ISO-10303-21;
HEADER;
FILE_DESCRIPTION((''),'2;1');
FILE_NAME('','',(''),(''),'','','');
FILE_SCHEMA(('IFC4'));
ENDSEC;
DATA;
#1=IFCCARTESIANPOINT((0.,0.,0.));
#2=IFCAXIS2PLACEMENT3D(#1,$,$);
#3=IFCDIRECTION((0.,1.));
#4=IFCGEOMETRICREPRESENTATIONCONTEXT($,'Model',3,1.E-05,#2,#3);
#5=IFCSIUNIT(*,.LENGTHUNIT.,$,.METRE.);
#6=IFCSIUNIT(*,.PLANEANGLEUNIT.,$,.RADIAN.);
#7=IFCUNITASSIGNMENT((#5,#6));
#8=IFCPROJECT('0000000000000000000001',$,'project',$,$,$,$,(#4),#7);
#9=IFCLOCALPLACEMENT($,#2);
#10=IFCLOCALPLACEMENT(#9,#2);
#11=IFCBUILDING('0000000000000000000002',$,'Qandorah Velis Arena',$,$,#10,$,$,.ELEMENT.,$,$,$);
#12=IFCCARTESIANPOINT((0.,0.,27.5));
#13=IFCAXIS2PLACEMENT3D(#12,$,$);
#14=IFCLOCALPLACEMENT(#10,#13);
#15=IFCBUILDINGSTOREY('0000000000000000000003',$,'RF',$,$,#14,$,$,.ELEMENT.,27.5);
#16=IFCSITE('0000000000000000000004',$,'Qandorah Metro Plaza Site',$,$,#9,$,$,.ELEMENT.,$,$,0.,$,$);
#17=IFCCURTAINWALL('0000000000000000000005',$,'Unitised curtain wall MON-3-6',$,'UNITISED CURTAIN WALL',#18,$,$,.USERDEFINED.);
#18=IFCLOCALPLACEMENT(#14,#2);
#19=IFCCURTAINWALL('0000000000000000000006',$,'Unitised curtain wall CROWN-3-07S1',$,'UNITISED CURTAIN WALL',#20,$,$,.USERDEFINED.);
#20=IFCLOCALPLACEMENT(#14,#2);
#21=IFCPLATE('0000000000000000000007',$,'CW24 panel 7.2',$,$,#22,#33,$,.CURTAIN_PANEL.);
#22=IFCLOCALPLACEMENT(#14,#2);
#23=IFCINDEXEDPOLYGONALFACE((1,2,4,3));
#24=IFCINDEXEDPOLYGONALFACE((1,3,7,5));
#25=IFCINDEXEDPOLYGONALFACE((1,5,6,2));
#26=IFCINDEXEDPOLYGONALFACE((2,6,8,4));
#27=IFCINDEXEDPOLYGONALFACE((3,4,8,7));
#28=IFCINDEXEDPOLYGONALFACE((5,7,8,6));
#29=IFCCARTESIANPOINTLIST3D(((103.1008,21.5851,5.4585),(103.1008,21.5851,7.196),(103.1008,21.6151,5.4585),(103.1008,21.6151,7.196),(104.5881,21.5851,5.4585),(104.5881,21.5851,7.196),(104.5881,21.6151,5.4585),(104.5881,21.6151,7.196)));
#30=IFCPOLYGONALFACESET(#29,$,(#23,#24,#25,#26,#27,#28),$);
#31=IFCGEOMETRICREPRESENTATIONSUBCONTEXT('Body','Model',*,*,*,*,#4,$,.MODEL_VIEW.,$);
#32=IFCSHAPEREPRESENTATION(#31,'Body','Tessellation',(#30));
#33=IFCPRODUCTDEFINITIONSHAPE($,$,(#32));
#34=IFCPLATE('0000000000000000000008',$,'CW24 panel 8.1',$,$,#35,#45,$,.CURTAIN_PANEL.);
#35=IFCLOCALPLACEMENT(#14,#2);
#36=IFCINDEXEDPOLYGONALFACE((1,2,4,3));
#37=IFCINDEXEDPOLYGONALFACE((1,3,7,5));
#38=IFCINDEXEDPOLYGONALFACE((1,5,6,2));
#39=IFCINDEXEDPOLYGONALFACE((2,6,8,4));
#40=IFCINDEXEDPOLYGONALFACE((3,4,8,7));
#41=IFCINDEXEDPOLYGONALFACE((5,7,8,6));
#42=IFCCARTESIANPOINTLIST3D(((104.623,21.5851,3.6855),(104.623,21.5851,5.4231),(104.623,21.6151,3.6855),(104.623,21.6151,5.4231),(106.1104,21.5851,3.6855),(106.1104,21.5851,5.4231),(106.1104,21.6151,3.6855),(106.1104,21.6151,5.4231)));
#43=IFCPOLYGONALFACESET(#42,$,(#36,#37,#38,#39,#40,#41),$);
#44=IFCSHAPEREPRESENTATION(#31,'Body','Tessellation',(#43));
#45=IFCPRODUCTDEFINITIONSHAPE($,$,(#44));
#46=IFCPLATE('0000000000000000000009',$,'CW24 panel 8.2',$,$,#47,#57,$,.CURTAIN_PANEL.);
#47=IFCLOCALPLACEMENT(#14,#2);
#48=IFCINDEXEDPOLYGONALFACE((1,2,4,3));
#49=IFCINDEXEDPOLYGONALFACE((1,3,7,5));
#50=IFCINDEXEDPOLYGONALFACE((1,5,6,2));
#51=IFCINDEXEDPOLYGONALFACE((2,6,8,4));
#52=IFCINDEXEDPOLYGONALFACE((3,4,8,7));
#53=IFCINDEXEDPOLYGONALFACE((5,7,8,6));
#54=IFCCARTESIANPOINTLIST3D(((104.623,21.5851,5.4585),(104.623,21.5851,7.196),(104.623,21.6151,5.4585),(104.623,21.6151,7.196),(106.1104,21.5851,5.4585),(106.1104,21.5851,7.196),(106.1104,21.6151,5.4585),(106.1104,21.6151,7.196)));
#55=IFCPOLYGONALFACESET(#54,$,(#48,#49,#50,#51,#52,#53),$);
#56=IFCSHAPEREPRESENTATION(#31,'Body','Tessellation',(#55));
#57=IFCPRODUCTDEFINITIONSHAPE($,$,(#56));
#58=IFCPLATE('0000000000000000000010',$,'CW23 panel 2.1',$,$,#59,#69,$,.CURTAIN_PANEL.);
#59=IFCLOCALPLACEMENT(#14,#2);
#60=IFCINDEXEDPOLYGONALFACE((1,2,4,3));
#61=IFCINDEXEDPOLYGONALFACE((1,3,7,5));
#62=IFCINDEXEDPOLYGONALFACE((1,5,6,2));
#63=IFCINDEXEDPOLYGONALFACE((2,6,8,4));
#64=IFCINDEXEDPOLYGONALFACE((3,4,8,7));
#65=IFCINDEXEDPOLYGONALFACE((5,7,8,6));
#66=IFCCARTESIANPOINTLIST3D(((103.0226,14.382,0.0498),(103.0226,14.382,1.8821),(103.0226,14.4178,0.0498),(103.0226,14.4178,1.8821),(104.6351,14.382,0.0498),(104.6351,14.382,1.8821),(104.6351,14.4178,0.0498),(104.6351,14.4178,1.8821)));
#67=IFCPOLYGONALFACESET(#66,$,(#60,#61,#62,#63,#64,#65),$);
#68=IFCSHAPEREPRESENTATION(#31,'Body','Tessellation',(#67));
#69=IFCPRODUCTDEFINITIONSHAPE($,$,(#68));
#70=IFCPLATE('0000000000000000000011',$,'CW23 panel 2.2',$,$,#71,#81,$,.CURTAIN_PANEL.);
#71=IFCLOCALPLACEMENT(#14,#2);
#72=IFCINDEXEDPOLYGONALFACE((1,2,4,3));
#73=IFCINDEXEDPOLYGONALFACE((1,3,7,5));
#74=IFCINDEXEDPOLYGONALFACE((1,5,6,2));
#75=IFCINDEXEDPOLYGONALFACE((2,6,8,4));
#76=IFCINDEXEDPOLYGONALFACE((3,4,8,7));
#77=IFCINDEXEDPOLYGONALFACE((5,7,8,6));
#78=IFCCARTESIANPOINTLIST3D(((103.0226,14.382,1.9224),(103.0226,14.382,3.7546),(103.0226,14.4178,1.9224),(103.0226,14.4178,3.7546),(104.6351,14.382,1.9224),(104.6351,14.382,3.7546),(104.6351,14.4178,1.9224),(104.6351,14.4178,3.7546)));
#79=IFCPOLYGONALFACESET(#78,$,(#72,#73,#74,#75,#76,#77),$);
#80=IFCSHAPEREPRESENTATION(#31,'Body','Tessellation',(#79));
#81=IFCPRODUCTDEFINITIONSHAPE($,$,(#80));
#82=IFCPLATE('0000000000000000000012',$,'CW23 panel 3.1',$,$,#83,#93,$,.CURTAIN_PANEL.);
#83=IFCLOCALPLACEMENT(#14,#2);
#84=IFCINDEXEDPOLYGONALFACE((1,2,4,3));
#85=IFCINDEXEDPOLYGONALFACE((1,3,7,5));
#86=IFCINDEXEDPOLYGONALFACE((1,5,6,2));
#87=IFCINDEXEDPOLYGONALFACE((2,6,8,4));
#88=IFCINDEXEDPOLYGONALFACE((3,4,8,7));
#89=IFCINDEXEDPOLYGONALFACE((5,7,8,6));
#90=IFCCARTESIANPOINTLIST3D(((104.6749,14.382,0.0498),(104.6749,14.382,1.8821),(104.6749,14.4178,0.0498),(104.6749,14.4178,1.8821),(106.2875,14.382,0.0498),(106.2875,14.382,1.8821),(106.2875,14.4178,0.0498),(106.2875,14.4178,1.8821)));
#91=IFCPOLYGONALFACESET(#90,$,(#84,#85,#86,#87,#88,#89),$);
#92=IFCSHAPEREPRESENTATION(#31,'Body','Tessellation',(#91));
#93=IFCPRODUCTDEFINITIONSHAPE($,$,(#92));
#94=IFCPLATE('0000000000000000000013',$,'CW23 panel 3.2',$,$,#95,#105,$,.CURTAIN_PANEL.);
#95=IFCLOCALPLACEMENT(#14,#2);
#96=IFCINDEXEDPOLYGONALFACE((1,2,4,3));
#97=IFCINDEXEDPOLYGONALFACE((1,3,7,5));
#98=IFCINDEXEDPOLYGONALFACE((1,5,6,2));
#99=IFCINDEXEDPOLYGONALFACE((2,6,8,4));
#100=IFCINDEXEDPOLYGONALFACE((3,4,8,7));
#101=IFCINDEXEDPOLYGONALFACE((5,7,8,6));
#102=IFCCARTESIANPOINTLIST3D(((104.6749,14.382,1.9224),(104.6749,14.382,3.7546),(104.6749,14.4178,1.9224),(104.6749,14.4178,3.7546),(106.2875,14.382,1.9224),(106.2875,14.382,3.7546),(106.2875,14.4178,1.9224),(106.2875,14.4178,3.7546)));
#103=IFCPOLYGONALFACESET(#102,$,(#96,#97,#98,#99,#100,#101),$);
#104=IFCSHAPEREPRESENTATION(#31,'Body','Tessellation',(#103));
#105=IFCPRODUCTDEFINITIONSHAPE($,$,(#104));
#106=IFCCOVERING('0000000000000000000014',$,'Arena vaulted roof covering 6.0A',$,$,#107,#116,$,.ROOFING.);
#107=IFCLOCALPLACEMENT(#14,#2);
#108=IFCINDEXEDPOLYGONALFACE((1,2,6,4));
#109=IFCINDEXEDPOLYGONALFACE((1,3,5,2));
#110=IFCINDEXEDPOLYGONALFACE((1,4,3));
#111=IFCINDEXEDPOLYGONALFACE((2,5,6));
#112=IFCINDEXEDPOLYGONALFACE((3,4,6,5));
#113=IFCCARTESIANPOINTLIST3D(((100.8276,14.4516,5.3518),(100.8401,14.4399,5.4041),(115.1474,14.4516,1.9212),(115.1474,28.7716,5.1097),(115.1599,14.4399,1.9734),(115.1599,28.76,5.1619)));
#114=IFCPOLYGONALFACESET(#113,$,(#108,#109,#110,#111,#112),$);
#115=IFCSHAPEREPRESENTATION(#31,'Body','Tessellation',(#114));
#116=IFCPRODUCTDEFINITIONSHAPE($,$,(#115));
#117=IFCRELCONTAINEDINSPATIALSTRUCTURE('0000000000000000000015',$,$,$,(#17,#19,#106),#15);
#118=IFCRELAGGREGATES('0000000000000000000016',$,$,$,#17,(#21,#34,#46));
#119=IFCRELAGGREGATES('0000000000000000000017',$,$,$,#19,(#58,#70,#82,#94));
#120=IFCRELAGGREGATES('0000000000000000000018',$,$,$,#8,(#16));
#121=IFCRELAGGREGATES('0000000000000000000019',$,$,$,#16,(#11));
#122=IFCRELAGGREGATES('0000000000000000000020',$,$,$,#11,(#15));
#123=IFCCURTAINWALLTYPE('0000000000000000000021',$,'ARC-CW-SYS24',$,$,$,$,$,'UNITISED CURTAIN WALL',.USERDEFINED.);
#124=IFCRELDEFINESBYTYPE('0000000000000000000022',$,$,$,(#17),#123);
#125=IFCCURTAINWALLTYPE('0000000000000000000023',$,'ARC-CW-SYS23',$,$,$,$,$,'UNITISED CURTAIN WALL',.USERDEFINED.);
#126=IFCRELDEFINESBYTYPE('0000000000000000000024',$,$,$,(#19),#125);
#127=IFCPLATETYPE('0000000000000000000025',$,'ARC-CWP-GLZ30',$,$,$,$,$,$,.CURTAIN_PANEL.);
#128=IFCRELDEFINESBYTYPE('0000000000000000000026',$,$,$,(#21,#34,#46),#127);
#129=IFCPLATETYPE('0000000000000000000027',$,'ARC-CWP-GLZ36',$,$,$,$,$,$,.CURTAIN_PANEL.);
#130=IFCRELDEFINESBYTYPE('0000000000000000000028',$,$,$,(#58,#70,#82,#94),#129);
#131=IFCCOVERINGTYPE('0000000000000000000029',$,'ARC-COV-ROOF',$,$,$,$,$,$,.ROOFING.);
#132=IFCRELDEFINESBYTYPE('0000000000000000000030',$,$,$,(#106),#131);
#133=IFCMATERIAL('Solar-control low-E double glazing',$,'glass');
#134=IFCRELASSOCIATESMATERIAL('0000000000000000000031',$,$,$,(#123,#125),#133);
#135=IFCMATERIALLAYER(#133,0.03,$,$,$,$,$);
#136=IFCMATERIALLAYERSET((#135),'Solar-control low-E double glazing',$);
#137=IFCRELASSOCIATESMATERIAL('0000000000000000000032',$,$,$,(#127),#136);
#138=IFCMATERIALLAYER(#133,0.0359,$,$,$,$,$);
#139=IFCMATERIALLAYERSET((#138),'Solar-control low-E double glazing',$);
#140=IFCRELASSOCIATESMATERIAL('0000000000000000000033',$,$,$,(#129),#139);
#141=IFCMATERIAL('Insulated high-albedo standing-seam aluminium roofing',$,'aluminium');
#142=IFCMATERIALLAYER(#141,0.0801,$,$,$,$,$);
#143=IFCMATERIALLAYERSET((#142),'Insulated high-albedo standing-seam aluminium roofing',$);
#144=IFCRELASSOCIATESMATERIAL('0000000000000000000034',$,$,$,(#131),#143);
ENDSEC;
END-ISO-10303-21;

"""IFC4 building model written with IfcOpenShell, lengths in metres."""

from ifc_helpers import new_model, si_unit, direction, frame, origin, origin_2d, place, context, subcontext, project, spatial, polyline, rectangle, outline, extrude, material, layer, layer_set, type_object, element, aggregate, save


model = new_model("IFC4")

# Units and contexts
model_context = context("Model", 3, precision=1e-05, world=origin(), true_north=direction((0.0, 1.0)))
body_context = subcontext(model_context, "Body", "Model", "MODEL_VIEW")
ifc_project = project(units=[si_unit("LENGTHUNIT", "METRE"), si_unit("PLANEANGLEUNIT", "RADIAN")], contexts=[model_context])

# Site, building, storey
site_placement = place(None, origin())
site = spatial("IfcSite", under=ifc_project, at=site_placement, Name="Qandorah Metro Plaza Site", CompositionType="ELEMENT", RefElevation=0.0)
building_placement = place(site_placement, origin())
building = spatial("IfcBuilding", under=site, at=building_placement, Name="Qandorah Velis Arena", CompositionType="ELEMENT")
storey_placement = place(building_placement, frame((0.0, 0.0, 27.5)))
storey = spatial("IfcBuildingStorey", under=building, at=storey_placement, Name="RF", CompositionType="ELEMENT", Elevation=27.5)

# Curtain walls
ifc_material_1 = material(Name="Solar-control low-E double glazing", Category="glass")
curtain_wall_type_1 = type_object("IfcCurtainWallType", Name="ARC-CW-SYS24", ElementType="UNITISED CURTAIN WALL", PredefinedType="USERDEFINED", material=ifc_material_1)
curtain_wall_1_placement = place(storey_placement, origin())
curtain_wall_1 = element("IfcCurtainWall", 1, at=curtain_wall_1_placement, inside=storey, type_object=curtain_wall_type_1, Name="Unitised curtain wall MON-3-6", ObjectType="UNITISED CURTAIN WALL", PredefinedType="USERDEFINED")
curtain_wall_type_2 = type_object("IfcCurtainWallType", Name="ARC-CW-SYS23", ElementType="UNITISED CURTAIN WALL", PredefinedType="USERDEFINED", material=ifc_material_1)
curtain_wall_2_placement = place(storey_placement, origin())
curtain_wall_2 = element("IfcCurtainWall", 2, at=curtain_wall_2_placement, inside=storey, type_object=curtain_wall_type_2, Name="Unitised curtain wall CROWN-3-07S1", ObjectType="UNITISED CURTAIN WALL", PredefinedType="USERDEFINED")

# Plates
ifc_layer_1 = layer(ifc_material_1, 0.03)
ifc_layer_set_1 = layer_set([ifc_layer_1], Name="Solar-control low-E double glazing")
plate_type_1 = type_object("IfcPlateType", Name="ARC-CWP-GLZ30", PredefinedType="CURTAIN_PANEL", material=ifc_layer_set_1)
plate_1_placement = place(storey_placement, frame((103.8445, 21.6001, 5.4585), z_axis=(0.0, 0.0, 1.0), x_axis=(1.0, 0.0, 0.0)))
plate_1 = element("IfcPlate", 3, at=plate_1_placement, type_object=plate_type_1, Name="CW24 panel 7.2", PredefinedType="CURTAIN_PANEL", context=body_context, shape_type="SweptSolid", body=[
    extrude(rectangle(XDim=1.4873, YDim=0.03, at=origin_2d()), origin(), (0.0, 0.0, 1.0), 1.7375),
])
plate_2_placement = place(storey_placement, frame((105.3667, 21.6001, 3.6855), z_axis=(0.0, 0.0, 1.0), x_axis=(1.0, 0.0, 0.0)))
plate_2 = element("IfcPlate", 4, at=plate_2_placement, type_object=plate_type_1, Name="CW24 panel 8.1", PredefinedType="CURTAIN_PANEL", context=body_context, shape_type="SweptSolid", body=[
    extrude(rectangle(XDim=1.4873, YDim=0.03, at=origin_2d()), origin(), (0.0, 0.0, 1.0), 1.7375),
])
plate_3_placement = place(storey_placement, frame((105.3667, 21.6001, 5.4585), z_axis=(0.0, 0.0, 1.0), x_axis=(1.0, 0.0, 0.0)))
plate_3 = element("IfcPlate", 5, at=plate_3_placement, type_object=plate_type_1, Name="CW24 panel 8.2", PredefinedType="CURTAIN_PANEL", context=body_context, shape_type="SweptSolid", body=[
    extrude(rectangle(XDim=1.4873, YDim=0.03, at=origin_2d()), origin(), (0.0, 0.0, 1.0), 1.7375),
])
aggregate(curtain_wall_1, [plate_1, plate_2, plate_3])
ifc_layer_2 = layer(ifc_material_1, 0.0359)
ifc_layer_set_2 = layer_set([ifc_layer_2], Name="Solar-control low-E double glazing")
plate_type_2 = type_object("IfcPlateType", Name="ARC-CWP-GLZ36", PredefinedType="CURTAIN_PANEL", material=ifc_layer_set_2)
plate_4_placement = place(storey_placement, frame((103.8289, 14.3999, 0.0498), z_axis=(0.0, 0.0, 1.0), x_axis=(1.0, 0.0, 0.0)))
plate_4 = element("IfcPlate", 6, at=plate_4_placement, type_object=plate_type_2, Name="CW23 panel 2.1", PredefinedType="CURTAIN_PANEL", context=body_context, shape_type="SweptSolid", body=[
    extrude(rectangle(XDim=1.6125, YDim=0.0359, at=origin_2d()), origin(), (0.0, 0.0, 1.0), 1.8323),
])
plate_5_placement = place(storey_placement, frame((103.8289, 14.3999, 1.9224), z_axis=(0.0, 0.0, 1.0), x_axis=(1.0, 0.0, 0.0)))
plate_5 = element("IfcPlate", 7, at=plate_5_placement, type_object=plate_type_2, Name="CW23 panel 2.2", PredefinedType="CURTAIN_PANEL", context=body_context, shape_type="SweptSolid", body=[
    extrude(rectangle(XDim=1.6125, YDim=0.0359, at=origin_2d()), origin(), (0.0, 0.0, 1.0), 1.8323),
])
plate_6_placement = place(storey_placement, frame((105.4812, 14.3999, 0.0498), z_axis=(0.0, 0.0, 1.0), x_axis=(1.0, 0.0, 0.0)))
plate_6 = element("IfcPlate", 8, at=plate_6_placement, type_object=plate_type_2, Name="CW23 panel 3.1", PredefinedType="CURTAIN_PANEL", context=body_context, shape_type="SweptSolid", body=[
    extrude(rectangle(XDim=1.6125, YDim=0.0359, at=origin_2d()), origin(), (0.0, 0.0, 1.0), 1.8323),
])
plate_7_placement = place(storey_placement, frame((105.4812, 14.3999, 1.9224), z_axis=(0.0, 0.0, 1.0), x_axis=(1.0, 0.0, 0.0)))
plate_7 = element("IfcPlate", 9, at=plate_7_placement, type_object=plate_type_2, Name="CW23 panel 3.2", PredefinedType="CURTAIN_PANEL", context=body_context, shape_type="SweptSolid", body=[
    extrude(rectangle(XDim=1.6125, YDim=0.0359, at=origin_2d()), origin(), (0.0, 0.0, 1.0), 1.8323),
])
aggregate(curtain_wall_2, [plate_4, plate_5, plate_6, plate_7])

# Covering
ifc_material_2 = material(Name="Insulated high-albedo standing-seam aluminium roofing", Category="aluminium")
ifc_layer_3 = layer(ifc_material_2, 0.0801)
ifc_layer_set_3 = layer_set([ifc_layer_3], Name="Insulated high-albedo standing-seam aluminium roofing")
covering_type = type_object("IfcCoveringType", Name="ARC-COV-ROOF", PredefinedType="ROOFING", material=ifc_layer_set_3)
covering_placement = place(storey_placement, frame((100.8401, 14.4399, 5.4041), z_axis=(0.227705, -0.211626, 0.950455), x_axis=(0.972481, 0.0, -0.232982)))
element("IfcCovering", 10, at=covering_placement, inside=storey, type_object=covering_type, Name="Arena vaulted roof covering 6.0A", PredefinedType="ROOFING", context=body_context, shape_type="SweptSolid", body=[
    extrude(outline(polyline([(0.0, 0.0), (14.725, 0.0), (13.9822, 14.6519), (0.0, 0.0)])), origin(), (0.0, 0.0, -1.0), 0.0549),
])

save(model, "model.ifc")
